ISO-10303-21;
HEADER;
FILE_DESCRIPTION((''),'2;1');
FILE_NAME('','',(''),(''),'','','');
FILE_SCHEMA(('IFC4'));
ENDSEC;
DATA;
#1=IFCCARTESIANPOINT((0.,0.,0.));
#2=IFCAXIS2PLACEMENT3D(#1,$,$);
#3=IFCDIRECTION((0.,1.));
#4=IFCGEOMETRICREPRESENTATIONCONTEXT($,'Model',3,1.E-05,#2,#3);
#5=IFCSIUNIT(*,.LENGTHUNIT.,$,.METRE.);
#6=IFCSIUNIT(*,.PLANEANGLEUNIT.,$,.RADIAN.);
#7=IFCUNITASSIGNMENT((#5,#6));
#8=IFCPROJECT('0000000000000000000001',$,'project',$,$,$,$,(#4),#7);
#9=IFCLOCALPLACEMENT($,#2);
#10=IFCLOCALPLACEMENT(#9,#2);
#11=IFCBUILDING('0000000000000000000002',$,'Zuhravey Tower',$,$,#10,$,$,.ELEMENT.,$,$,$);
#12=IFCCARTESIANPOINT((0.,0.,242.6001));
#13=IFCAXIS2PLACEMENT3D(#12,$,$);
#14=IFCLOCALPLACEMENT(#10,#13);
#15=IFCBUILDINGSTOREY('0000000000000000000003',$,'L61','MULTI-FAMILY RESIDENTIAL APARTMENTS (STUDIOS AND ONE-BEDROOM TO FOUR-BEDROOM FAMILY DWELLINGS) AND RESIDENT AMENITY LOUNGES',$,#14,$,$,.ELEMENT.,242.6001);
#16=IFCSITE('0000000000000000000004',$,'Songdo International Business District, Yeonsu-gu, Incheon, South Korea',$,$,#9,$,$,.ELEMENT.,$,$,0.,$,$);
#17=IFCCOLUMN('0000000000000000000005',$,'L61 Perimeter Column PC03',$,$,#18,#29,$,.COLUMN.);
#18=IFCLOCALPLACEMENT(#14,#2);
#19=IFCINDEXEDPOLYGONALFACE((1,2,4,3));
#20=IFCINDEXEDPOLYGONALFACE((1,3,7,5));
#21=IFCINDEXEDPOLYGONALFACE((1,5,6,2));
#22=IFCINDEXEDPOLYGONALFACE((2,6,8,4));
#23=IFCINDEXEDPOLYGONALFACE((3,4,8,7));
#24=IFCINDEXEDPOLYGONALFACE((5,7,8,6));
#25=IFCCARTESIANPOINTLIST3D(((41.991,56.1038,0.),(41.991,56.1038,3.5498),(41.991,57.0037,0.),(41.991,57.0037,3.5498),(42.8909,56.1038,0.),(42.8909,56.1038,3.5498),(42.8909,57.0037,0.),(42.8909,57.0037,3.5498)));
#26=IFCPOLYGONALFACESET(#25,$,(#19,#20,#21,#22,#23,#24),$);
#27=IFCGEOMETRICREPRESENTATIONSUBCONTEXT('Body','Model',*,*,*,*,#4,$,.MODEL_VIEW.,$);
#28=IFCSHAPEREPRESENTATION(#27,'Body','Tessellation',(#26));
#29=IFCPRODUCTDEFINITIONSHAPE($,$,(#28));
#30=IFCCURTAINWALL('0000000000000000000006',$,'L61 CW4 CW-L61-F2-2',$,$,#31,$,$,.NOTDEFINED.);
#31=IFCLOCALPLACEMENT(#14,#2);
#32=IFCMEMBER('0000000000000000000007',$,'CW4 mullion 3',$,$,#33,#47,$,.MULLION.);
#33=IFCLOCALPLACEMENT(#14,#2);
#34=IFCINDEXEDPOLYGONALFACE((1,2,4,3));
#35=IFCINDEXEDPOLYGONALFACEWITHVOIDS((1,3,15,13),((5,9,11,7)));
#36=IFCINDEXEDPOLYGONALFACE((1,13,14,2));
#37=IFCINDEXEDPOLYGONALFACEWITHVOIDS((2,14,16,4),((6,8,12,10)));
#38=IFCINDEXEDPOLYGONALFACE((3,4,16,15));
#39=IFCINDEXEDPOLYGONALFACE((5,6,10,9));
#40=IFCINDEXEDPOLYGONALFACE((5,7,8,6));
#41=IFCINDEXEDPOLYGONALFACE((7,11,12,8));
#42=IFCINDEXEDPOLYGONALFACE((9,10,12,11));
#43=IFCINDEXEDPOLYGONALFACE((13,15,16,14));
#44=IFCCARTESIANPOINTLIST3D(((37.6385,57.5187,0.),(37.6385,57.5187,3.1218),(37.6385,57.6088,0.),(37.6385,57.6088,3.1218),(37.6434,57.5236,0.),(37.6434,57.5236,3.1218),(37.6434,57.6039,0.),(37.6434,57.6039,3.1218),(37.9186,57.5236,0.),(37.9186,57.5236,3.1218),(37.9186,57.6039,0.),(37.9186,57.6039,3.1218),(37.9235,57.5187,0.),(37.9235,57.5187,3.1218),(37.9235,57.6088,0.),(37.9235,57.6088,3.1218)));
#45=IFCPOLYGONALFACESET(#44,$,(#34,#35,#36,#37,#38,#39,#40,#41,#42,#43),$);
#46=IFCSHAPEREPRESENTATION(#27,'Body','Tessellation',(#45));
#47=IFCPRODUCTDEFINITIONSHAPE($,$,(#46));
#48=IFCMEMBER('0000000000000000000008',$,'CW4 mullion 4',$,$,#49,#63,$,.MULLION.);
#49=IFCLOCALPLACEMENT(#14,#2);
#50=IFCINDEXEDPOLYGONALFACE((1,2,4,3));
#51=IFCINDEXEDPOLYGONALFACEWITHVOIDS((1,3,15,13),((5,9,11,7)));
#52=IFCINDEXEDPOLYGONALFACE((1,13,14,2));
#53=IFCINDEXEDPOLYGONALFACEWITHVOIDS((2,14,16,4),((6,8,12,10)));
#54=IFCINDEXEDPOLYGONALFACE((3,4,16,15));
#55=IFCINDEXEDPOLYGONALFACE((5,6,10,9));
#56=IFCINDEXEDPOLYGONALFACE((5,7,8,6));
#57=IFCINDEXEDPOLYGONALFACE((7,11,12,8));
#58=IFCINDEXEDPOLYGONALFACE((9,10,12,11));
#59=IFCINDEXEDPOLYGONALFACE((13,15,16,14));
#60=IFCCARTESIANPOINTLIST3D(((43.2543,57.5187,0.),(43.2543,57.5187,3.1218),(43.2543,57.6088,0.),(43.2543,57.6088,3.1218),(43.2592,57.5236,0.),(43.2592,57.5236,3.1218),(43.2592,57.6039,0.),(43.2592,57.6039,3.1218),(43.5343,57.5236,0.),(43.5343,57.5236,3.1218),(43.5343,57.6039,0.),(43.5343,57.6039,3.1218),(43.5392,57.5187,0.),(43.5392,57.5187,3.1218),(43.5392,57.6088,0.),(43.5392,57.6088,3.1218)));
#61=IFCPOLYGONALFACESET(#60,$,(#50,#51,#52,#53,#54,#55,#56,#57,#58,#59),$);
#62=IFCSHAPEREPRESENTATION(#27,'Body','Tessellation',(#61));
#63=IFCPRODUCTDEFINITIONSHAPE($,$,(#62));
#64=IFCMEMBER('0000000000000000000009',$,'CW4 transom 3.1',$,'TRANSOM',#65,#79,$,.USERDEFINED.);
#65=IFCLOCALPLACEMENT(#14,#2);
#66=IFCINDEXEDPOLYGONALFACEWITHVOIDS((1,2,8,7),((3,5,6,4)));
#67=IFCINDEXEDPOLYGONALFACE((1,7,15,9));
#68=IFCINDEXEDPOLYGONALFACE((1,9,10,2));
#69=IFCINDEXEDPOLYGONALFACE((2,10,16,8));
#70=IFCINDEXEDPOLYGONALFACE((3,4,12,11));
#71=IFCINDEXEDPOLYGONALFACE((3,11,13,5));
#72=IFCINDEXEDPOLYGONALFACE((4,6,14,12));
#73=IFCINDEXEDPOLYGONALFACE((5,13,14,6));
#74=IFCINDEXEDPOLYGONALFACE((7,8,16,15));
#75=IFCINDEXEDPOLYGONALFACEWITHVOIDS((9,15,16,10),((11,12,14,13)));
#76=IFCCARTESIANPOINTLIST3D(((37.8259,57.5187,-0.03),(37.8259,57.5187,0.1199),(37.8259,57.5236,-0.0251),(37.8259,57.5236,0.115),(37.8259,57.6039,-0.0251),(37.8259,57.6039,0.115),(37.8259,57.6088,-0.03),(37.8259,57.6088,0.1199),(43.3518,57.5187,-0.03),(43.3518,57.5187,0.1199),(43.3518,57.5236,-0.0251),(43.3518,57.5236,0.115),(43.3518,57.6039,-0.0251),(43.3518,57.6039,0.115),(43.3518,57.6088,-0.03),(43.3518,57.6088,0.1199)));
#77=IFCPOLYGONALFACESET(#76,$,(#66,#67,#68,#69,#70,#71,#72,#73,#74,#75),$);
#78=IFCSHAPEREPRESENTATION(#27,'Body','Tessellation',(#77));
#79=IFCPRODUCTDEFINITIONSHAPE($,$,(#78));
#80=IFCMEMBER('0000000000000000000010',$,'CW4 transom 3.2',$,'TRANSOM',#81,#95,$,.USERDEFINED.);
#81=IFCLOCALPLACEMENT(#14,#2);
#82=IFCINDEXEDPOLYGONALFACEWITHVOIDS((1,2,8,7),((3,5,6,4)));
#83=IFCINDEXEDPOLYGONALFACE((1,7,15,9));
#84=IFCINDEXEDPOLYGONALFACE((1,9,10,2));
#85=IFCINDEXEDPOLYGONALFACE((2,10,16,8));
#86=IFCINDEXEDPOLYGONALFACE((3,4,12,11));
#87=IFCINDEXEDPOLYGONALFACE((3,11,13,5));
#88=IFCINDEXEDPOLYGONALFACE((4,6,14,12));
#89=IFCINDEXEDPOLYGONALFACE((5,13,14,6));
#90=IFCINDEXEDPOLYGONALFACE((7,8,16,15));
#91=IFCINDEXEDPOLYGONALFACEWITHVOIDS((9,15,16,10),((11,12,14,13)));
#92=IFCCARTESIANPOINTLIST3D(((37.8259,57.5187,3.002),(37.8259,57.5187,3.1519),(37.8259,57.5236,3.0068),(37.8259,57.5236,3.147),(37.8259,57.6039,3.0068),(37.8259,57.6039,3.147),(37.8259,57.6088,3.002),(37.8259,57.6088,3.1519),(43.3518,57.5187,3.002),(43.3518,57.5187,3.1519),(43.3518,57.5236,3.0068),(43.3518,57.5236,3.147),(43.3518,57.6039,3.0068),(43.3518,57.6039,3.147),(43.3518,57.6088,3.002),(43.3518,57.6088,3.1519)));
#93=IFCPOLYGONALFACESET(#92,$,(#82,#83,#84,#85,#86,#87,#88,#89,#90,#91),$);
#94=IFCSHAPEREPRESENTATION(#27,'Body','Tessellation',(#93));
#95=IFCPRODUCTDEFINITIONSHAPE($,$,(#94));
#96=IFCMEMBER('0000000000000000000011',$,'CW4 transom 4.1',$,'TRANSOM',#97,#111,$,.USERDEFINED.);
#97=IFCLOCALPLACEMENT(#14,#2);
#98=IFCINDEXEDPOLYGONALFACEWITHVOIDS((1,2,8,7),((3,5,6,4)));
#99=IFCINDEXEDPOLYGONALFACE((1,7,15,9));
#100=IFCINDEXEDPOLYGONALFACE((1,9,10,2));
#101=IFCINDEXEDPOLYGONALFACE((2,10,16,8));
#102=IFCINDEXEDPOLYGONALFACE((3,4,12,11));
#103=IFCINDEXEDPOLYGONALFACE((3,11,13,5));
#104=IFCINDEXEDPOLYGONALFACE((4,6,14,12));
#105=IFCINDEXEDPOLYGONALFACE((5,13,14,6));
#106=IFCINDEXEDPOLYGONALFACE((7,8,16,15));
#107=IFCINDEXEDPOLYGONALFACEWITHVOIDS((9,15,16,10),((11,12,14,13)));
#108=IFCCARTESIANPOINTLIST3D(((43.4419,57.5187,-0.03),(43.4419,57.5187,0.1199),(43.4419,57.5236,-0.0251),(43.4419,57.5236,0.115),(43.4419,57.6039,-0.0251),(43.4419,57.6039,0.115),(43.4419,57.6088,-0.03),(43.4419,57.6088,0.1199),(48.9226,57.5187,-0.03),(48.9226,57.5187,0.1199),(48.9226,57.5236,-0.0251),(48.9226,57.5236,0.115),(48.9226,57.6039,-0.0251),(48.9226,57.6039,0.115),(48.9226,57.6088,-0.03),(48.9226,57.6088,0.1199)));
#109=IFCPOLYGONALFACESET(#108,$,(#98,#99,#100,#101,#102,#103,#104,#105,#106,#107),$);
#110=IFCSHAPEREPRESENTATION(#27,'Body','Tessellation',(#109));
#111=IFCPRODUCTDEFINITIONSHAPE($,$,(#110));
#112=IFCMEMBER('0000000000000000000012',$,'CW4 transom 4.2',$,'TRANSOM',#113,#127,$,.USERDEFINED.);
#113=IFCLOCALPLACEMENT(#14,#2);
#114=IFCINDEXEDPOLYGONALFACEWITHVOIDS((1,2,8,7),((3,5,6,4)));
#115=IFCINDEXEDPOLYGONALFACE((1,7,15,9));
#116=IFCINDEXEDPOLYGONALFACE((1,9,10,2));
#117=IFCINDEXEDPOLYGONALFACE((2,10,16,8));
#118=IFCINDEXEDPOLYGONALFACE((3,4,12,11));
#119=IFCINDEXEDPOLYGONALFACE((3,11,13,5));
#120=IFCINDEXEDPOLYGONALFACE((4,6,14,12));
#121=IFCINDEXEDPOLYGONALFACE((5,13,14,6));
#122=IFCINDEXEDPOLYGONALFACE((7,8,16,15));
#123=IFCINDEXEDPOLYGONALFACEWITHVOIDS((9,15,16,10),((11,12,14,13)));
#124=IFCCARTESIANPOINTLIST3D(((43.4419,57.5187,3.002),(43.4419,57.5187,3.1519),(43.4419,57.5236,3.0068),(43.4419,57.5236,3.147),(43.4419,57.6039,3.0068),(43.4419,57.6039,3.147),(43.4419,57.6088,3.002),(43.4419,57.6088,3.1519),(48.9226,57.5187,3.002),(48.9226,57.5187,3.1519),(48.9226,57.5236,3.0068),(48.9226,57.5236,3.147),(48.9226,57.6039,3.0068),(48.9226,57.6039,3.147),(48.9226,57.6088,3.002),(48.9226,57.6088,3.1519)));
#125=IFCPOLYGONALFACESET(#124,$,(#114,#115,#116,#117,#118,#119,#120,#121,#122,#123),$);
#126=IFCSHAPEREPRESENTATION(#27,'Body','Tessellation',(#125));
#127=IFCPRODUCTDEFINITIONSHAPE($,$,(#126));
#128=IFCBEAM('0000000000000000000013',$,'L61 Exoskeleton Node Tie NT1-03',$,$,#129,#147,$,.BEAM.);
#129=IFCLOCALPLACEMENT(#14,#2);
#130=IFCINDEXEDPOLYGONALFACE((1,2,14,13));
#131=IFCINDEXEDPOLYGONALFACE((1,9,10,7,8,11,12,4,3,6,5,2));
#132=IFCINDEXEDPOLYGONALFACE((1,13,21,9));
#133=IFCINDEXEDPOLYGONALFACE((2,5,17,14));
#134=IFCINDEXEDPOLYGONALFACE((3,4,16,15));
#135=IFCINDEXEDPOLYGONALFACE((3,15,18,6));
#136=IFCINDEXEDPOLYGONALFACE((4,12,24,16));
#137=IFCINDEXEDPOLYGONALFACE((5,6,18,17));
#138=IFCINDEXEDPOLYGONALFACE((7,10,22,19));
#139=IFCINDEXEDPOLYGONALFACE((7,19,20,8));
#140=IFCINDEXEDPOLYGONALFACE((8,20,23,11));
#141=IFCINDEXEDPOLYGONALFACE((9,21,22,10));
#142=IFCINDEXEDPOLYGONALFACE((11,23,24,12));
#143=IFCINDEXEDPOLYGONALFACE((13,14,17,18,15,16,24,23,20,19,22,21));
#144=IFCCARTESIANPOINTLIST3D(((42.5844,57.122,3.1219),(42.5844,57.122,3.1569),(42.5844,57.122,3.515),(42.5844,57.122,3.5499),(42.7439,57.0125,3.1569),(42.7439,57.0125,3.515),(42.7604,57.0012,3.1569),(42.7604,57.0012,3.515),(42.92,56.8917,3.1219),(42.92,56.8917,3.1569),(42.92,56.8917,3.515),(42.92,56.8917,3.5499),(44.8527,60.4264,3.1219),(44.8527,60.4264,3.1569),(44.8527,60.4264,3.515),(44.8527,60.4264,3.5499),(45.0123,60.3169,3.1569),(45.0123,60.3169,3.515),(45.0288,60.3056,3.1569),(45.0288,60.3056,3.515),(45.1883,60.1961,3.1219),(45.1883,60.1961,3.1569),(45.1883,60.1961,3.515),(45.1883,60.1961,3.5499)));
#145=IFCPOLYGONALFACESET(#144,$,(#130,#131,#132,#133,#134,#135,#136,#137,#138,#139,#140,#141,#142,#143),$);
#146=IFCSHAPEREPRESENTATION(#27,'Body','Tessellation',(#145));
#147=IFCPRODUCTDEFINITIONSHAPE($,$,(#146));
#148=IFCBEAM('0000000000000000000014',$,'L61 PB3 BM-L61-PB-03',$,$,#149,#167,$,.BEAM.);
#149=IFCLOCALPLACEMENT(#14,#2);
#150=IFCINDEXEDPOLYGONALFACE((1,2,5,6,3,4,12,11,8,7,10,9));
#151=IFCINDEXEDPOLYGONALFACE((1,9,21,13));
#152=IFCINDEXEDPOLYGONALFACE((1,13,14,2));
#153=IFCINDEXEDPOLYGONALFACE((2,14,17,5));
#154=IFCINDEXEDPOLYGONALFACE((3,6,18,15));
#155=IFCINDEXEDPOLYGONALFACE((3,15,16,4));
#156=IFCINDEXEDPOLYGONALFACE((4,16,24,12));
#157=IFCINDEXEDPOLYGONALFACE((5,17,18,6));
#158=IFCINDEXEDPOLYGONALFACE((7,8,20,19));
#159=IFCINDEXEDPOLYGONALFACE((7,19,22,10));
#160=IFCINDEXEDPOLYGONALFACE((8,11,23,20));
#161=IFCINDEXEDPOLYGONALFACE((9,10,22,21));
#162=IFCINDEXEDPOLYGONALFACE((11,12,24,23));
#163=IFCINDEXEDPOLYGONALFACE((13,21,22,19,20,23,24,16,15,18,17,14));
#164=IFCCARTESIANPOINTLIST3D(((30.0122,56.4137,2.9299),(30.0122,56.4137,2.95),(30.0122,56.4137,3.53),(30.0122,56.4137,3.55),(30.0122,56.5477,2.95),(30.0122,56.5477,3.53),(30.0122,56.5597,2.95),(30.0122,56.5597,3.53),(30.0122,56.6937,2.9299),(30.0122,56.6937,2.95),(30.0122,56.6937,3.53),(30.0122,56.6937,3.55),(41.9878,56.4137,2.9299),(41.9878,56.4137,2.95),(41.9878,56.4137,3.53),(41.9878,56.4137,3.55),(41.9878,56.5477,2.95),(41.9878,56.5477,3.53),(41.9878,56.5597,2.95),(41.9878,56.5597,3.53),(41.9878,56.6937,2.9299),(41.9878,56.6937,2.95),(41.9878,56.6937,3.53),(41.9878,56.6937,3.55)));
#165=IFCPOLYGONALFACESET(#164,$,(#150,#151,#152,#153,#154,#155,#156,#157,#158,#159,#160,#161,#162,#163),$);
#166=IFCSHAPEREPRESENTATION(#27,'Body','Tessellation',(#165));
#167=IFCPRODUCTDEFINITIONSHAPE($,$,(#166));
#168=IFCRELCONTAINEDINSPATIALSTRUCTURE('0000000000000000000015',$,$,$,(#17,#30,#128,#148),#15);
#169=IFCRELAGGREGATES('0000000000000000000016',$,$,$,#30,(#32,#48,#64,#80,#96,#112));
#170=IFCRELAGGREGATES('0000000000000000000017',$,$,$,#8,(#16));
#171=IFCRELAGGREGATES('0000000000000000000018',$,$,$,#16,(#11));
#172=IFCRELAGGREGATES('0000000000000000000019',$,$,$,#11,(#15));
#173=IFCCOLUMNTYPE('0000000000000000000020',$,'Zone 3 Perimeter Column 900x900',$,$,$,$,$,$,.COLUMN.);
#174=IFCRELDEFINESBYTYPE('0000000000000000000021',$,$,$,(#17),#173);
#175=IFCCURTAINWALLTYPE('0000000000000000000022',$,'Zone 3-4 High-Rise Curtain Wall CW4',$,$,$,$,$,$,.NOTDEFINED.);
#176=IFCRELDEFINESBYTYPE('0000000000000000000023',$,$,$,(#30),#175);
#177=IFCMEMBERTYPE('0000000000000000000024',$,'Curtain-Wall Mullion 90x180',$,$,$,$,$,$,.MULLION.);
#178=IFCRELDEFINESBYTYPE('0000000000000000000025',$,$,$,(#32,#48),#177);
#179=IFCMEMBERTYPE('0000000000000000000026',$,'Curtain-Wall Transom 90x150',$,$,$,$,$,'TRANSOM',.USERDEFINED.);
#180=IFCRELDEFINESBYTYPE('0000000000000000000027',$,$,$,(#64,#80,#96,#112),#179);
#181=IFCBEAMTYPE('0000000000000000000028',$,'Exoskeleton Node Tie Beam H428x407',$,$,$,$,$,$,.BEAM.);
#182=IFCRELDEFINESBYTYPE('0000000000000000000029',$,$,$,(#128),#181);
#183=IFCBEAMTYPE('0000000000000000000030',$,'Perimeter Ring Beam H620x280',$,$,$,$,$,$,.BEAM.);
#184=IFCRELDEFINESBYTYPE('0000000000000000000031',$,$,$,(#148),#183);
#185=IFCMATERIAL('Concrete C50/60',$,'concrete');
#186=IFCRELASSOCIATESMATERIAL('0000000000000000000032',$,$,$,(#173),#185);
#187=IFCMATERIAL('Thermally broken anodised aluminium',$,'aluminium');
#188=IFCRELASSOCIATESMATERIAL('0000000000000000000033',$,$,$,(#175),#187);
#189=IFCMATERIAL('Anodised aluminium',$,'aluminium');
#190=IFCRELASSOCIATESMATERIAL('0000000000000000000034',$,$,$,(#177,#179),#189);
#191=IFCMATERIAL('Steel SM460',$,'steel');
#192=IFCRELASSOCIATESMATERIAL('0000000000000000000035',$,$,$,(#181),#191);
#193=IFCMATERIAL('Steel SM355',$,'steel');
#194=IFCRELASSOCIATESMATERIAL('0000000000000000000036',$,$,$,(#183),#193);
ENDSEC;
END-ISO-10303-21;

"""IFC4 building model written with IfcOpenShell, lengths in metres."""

from ifc_helpers import new_model, si_unit, direction, frame, origin, origin_2d, place, context, subcontext, project, spatial, rectangle, hollow_rectangle, i_section, extrude, material, material_profile, profile_set, type_object, element, aggregate, save


model = new_model("IFC4")

# Units and contexts
model_context = context("Model", 3, precision=1e-05, world=origin(), true_north=direction((0.0, 1.0)))
body_context = subcontext(model_context, "Body", "Model", "MODEL_VIEW")
ifc_project = project(units=[si_unit("LENGTHUNIT", "METRE"), si_unit("PLANEANGLEUNIT", "RADIAN")], contexts=[model_context])

# Site, building, storey
site_placement = place(None, origin())
site = spatial("IfcSite", under=ifc_project, at=site_placement, Name="Songdo International Business District, Yeonsu-gu, Incheon, South Korea", CompositionType="ELEMENT", RefElevation=0.0)
building_placement = place(site_placement, origin())
building = spatial("IfcBuilding", under=site, at=building_placement, Name="Zuhravey Tower", CompositionType="ELEMENT")
storey_placement = place(building_placement, frame((0.0, 0.0, 242.6001)))
storey = spatial("IfcBuildingStorey", under=building, at=storey_placement, Name="L61", Description="MULTI-FAMILY RESIDENTIAL APARTMENTS (STUDIOS AND ONE-BEDROOM TO FOUR-BEDROOM FAMILY DWELLINGS) AND RESIDENT AMENITY LOUNGES", CompositionType="ELEMENT", Elevation=242.6001)

# Column
ifc_material_1 = material(Name="Concrete C50/60", Category="concrete")
ifc_material_profile_1 = material_profile(ifc_material_1, rectangle(XDim=0.8999, YDim=0.8999, at=origin_2d()), Name="RC-900x900")
ifc_profile_set_1 = profile_set([ifc_material_profile_1], Name="Concrete C50/60")
column_type = type_object("IfcColumnType", Name="Zone 3 Perimeter Column 900x900", PredefinedType="COLUMN", material=ifc_profile_set_1)
column_placement = place(storey_placement, frame((42.4409, 56.5537, 0.0), z_axis=(0.0, 0.0, 1.0), x_axis=(-1.0, 0.0, 0.0)))
element("IfcColumn", 1, at=column_placement, inside=storey, type_object=column_type, Name="L61 Perimeter Column PC03", PredefinedType="COLUMN", context=body_context, shape_type="SweptSolid", body=[
    extrude(rectangle(XDim=0.8999, YDim=0.8999, at=origin_2d()), origin(), (0.0, 0.0, 1.0), 3.5498),
])

# Curtain wall, members
ifc_material_2 = material(Name="Thermally broken anodised aluminium", Category="aluminium")
curtain_wall_type = type_object("IfcCurtainWallType", Name="Zone 3-4 High-Rise Curtain Wall CW4", PredefinedType="NOTDEFINED", material=ifc_material_2)
curtain_wall_placement = place(storey_placement, origin())
curtain_wall = element("IfcCurtainWall", 2, at=curtain_wall_placement, inside=storey, type_object=curtain_wall_type, Name="L61 CW4 CW-L61-F2-2", PredefinedType="NOTDEFINED")
ifc_material_3 = material(Name="Anodised aluminium", Category="aluminium")
ifc_material_profile_2 = material_profile(ifc_material_3, hollow_rectangle(XDim=0.0901, YDim=0.2849, WallThickness=0.0049, at=origin_2d()), Name="ALU-RHS-90x285x5")
ifc_profile_set_2 = profile_set([ifc_material_profile_2], Name="Anodised aluminium")
member_type_1 = type_object("IfcMemberType", Name="Curtain-Wall Mullion 90x180", PredefinedType="MULLION", material=ifc_profile_set_2)
member_1_placement = place(storey_placement, frame((37.781, 57.5637, 0.0), z_axis=(0.0, 0.0, 1.0), x_axis=(0.0, 1.0, 0.0)))
member_1 = element("IfcMember", 3, at=member_1_placement, type_object=member_type_1, Name="CW4 mullion 3", PredefinedType="MULLION", context=body_context, shape_type="SweptSolid", body=[
    extrude(hollow_rectangle(XDim=0.0901, YDim=0.2849, WallThickness=0.0049, at=origin_2d()), origin(), (0.0, 0.0, 1.0), 3.1218),
])
member_2_placement = place(storey_placement, frame((43.3967, 57.5637, 0.0), z_axis=(0.0, 0.0, 1.0), x_axis=(0.0, 1.0, 0.0)))
member_2 = element("IfcMember", 4, at=member_2_placement, type_object=member_type_1, Name="CW4 mullion 4", PredefinedType="MULLION", context=body_context, shape_type="SweptSolid", body=[
    extrude(hollow_rectangle(XDim=0.0901, YDim=0.2849, WallThickness=0.0049, at=origin_2d()), origin(), (0.0, 0.0, 1.0), 3.1218),
])
ifc_material_profile_3 = material_profile(ifc_material_3, hollow_rectangle(XDim=0.0901, YDim=0.1499, WallThickness=0.0049, at=origin_2d()), Name="ALU-RHS-90x150x5")
ifc_profile_set_3 = profile_set([ifc_material_profile_3], Name="Anodised aluminium")
member_type_2 = type_object("IfcMemberType", Name="Curtain-Wall Transom 90x150", ElementType="TRANSOM", PredefinedType="USERDEFINED", material=ifc_profile_set_3)
member_3_placement = place(storey_placement, frame((37.8259, 57.5637, 0.0449), z_axis=(1.0, 0.0, 0.0), x_axis=(0.0, 1.0, 0.0)))
member_3 = element("IfcMember", 5, at=member_3_placement, type_object=member_type_2, Name="CW4 transom 3.1", ObjectType="TRANSOM", PredefinedType="USERDEFINED", context=body_context, shape_type="SweptSolid", body=[
    extrude(hollow_rectangle(XDim=0.0901, YDim=0.1499, WallThickness=0.0049, at=origin_2d()), origin(), (0.0, 0.0, 1.0), 5.5259),
])
member_4_placement = place(storey_placement, frame((37.8259, 57.5637, 3.0769), z_axis=(1.0, 0.0, 0.0), x_axis=(0.0, 1.0, 0.0)))
member_4 = element("IfcMember", 6, at=member_4_placement, type_object=member_type_2, Name="CW4 transom 3.2", ObjectType="TRANSOM", PredefinedType="USERDEFINED", context=body_context, shape_type="SweptSolid", body=[
    extrude(hollow_rectangle(XDim=0.0901, YDim=0.1499, WallThickness=0.0049, at=origin_2d()), origin(), (0.0, 0.0, 1.0), 5.5259),
])
member_5_placement = place(storey_placement, frame((43.4419, 57.5637, 0.0449), z_axis=(1.0, 0.0, 0.0), x_axis=(0.0, 1.0, 0.0)))
member_5 = element("IfcMember", 7, at=member_5_placement, type_object=member_type_2, Name="CW4 transom 4.1", ObjectType="TRANSOM", PredefinedType="USERDEFINED", context=body_context, shape_type="SweptSolid", body=[
    extrude(hollow_rectangle(XDim=0.0901, YDim=0.1499, WallThickness=0.0049, at=origin_2d()), origin(), (0.0, 0.0, 1.0), 5.4807),
])
member_6_placement = place(storey_placement, frame((43.4419, 57.5637, 3.0769), z_axis=(1.0, 0.0, 0.0), x_axis=(0.0, 1.0, 0.0)))
member_6 = element("IfcMember", 8, at=member_6_placement, type_object=member_type_2, Name="CW4 transom 4.2", ObjectType="TRANSOM", PredefinedType="USERDEFINED", context=body_context, shape_type="SweptSolid", body=[
    extrude(hollow_rectangle(XDim=0.0901, YDim=0.1499, WallThickness=0.0049, at=origin_2d()), origin(), (0.0, 0.0, 1.0), 5.4807),
])

# Beams
ifc_material_4 = material(Name="Steel SM460", Category="steel")
ifc_material_profile_4 = material_profile(ifc_material_4, i_section(OverallWidth=0.407, OverallDepth=0.428, WebThickness=0.02, FlangeThickness=0.0349, at=origin_2d()), Name="H-428x407x20x35")
ifc_profile_set_4 = profile_set([ifc_material_profile_4], Name="Steel SM460")
beam_type_1 = type_object("IfcBeamType", Name="Exoskeleton Node Tie Beam H428x407", PredefinedType="BEAM", material=ifc_profile_set_4)
beam_1_placement = place(storey_placement, frame((42.7522, 57.0068, 3.3359), z_axis=(0.565937, 0.824449, 0.0), x_axis=(-0.824449, 0.565937, 0.0)))
element("IfcBeam", 9, at=beam_1_placement, inside=storey, type_object=beam_type_1, Name="L61 Exoskeleton Node Tie NT1-03", PredefinedType="BEAM", context=body_context, shape_type="SweptSolid", body=[
    extrude(i_section(OverallWidth=0.407, OverallDepth=0.428, WebThickness=0.02, FlangeThickness=0.0349, at=origin_2d()), origin(), (0.0, 0.0, 1.0), 4.0081),
])
ifc_material_5 = material(Name="Steel SM355", Category="steel")
ifc_material_profile_5 = material_profile(ifc_material_5, i_section(OverallWidth=0.28, OverallDepth=0.6201, WebThickness=0.012, FlangeThickness=0.02, at=origin_2d()), Name="H-620x280x12x20")
ifc_profile_set_5 = profile_set([ifc_material_profile_5], Name="Steel SM355")
beam_type_2 = type_object("IfcBeamType", Name="Perimeter Ring Beam H620x280", PredefinedType="BEAM", material=ifc_profile_set_5)
beam_2_placement = place(storey_placement, frame((41.9878, 56.5537, 3.24), z_axis=(-1.0, 0.0, 0.0), x_axis=(0.0, -1.0, 0.0)))
element("IfcBeam", 10, at=beam_2_placement, inside=storey, type_object=beam_type_2, Name="L61 PB3 BM-L61-PB-03", PredefinedType="BEAM", context=body_context, shape_type="SweptSolid", body=[
    extrude(i_section(OverallWidth=0.28, OverallDepth=0.6201, WebThickness=0.012, FlangeThickness=0.02, at=origin_2d()), origin(), (0.0, 0.0, 1.0), 11.9756),
])

aggregate(curtain_wall, [member_1, member_2, member_3, member_4, member_5, member_6])

save(model, "model.ifc")
